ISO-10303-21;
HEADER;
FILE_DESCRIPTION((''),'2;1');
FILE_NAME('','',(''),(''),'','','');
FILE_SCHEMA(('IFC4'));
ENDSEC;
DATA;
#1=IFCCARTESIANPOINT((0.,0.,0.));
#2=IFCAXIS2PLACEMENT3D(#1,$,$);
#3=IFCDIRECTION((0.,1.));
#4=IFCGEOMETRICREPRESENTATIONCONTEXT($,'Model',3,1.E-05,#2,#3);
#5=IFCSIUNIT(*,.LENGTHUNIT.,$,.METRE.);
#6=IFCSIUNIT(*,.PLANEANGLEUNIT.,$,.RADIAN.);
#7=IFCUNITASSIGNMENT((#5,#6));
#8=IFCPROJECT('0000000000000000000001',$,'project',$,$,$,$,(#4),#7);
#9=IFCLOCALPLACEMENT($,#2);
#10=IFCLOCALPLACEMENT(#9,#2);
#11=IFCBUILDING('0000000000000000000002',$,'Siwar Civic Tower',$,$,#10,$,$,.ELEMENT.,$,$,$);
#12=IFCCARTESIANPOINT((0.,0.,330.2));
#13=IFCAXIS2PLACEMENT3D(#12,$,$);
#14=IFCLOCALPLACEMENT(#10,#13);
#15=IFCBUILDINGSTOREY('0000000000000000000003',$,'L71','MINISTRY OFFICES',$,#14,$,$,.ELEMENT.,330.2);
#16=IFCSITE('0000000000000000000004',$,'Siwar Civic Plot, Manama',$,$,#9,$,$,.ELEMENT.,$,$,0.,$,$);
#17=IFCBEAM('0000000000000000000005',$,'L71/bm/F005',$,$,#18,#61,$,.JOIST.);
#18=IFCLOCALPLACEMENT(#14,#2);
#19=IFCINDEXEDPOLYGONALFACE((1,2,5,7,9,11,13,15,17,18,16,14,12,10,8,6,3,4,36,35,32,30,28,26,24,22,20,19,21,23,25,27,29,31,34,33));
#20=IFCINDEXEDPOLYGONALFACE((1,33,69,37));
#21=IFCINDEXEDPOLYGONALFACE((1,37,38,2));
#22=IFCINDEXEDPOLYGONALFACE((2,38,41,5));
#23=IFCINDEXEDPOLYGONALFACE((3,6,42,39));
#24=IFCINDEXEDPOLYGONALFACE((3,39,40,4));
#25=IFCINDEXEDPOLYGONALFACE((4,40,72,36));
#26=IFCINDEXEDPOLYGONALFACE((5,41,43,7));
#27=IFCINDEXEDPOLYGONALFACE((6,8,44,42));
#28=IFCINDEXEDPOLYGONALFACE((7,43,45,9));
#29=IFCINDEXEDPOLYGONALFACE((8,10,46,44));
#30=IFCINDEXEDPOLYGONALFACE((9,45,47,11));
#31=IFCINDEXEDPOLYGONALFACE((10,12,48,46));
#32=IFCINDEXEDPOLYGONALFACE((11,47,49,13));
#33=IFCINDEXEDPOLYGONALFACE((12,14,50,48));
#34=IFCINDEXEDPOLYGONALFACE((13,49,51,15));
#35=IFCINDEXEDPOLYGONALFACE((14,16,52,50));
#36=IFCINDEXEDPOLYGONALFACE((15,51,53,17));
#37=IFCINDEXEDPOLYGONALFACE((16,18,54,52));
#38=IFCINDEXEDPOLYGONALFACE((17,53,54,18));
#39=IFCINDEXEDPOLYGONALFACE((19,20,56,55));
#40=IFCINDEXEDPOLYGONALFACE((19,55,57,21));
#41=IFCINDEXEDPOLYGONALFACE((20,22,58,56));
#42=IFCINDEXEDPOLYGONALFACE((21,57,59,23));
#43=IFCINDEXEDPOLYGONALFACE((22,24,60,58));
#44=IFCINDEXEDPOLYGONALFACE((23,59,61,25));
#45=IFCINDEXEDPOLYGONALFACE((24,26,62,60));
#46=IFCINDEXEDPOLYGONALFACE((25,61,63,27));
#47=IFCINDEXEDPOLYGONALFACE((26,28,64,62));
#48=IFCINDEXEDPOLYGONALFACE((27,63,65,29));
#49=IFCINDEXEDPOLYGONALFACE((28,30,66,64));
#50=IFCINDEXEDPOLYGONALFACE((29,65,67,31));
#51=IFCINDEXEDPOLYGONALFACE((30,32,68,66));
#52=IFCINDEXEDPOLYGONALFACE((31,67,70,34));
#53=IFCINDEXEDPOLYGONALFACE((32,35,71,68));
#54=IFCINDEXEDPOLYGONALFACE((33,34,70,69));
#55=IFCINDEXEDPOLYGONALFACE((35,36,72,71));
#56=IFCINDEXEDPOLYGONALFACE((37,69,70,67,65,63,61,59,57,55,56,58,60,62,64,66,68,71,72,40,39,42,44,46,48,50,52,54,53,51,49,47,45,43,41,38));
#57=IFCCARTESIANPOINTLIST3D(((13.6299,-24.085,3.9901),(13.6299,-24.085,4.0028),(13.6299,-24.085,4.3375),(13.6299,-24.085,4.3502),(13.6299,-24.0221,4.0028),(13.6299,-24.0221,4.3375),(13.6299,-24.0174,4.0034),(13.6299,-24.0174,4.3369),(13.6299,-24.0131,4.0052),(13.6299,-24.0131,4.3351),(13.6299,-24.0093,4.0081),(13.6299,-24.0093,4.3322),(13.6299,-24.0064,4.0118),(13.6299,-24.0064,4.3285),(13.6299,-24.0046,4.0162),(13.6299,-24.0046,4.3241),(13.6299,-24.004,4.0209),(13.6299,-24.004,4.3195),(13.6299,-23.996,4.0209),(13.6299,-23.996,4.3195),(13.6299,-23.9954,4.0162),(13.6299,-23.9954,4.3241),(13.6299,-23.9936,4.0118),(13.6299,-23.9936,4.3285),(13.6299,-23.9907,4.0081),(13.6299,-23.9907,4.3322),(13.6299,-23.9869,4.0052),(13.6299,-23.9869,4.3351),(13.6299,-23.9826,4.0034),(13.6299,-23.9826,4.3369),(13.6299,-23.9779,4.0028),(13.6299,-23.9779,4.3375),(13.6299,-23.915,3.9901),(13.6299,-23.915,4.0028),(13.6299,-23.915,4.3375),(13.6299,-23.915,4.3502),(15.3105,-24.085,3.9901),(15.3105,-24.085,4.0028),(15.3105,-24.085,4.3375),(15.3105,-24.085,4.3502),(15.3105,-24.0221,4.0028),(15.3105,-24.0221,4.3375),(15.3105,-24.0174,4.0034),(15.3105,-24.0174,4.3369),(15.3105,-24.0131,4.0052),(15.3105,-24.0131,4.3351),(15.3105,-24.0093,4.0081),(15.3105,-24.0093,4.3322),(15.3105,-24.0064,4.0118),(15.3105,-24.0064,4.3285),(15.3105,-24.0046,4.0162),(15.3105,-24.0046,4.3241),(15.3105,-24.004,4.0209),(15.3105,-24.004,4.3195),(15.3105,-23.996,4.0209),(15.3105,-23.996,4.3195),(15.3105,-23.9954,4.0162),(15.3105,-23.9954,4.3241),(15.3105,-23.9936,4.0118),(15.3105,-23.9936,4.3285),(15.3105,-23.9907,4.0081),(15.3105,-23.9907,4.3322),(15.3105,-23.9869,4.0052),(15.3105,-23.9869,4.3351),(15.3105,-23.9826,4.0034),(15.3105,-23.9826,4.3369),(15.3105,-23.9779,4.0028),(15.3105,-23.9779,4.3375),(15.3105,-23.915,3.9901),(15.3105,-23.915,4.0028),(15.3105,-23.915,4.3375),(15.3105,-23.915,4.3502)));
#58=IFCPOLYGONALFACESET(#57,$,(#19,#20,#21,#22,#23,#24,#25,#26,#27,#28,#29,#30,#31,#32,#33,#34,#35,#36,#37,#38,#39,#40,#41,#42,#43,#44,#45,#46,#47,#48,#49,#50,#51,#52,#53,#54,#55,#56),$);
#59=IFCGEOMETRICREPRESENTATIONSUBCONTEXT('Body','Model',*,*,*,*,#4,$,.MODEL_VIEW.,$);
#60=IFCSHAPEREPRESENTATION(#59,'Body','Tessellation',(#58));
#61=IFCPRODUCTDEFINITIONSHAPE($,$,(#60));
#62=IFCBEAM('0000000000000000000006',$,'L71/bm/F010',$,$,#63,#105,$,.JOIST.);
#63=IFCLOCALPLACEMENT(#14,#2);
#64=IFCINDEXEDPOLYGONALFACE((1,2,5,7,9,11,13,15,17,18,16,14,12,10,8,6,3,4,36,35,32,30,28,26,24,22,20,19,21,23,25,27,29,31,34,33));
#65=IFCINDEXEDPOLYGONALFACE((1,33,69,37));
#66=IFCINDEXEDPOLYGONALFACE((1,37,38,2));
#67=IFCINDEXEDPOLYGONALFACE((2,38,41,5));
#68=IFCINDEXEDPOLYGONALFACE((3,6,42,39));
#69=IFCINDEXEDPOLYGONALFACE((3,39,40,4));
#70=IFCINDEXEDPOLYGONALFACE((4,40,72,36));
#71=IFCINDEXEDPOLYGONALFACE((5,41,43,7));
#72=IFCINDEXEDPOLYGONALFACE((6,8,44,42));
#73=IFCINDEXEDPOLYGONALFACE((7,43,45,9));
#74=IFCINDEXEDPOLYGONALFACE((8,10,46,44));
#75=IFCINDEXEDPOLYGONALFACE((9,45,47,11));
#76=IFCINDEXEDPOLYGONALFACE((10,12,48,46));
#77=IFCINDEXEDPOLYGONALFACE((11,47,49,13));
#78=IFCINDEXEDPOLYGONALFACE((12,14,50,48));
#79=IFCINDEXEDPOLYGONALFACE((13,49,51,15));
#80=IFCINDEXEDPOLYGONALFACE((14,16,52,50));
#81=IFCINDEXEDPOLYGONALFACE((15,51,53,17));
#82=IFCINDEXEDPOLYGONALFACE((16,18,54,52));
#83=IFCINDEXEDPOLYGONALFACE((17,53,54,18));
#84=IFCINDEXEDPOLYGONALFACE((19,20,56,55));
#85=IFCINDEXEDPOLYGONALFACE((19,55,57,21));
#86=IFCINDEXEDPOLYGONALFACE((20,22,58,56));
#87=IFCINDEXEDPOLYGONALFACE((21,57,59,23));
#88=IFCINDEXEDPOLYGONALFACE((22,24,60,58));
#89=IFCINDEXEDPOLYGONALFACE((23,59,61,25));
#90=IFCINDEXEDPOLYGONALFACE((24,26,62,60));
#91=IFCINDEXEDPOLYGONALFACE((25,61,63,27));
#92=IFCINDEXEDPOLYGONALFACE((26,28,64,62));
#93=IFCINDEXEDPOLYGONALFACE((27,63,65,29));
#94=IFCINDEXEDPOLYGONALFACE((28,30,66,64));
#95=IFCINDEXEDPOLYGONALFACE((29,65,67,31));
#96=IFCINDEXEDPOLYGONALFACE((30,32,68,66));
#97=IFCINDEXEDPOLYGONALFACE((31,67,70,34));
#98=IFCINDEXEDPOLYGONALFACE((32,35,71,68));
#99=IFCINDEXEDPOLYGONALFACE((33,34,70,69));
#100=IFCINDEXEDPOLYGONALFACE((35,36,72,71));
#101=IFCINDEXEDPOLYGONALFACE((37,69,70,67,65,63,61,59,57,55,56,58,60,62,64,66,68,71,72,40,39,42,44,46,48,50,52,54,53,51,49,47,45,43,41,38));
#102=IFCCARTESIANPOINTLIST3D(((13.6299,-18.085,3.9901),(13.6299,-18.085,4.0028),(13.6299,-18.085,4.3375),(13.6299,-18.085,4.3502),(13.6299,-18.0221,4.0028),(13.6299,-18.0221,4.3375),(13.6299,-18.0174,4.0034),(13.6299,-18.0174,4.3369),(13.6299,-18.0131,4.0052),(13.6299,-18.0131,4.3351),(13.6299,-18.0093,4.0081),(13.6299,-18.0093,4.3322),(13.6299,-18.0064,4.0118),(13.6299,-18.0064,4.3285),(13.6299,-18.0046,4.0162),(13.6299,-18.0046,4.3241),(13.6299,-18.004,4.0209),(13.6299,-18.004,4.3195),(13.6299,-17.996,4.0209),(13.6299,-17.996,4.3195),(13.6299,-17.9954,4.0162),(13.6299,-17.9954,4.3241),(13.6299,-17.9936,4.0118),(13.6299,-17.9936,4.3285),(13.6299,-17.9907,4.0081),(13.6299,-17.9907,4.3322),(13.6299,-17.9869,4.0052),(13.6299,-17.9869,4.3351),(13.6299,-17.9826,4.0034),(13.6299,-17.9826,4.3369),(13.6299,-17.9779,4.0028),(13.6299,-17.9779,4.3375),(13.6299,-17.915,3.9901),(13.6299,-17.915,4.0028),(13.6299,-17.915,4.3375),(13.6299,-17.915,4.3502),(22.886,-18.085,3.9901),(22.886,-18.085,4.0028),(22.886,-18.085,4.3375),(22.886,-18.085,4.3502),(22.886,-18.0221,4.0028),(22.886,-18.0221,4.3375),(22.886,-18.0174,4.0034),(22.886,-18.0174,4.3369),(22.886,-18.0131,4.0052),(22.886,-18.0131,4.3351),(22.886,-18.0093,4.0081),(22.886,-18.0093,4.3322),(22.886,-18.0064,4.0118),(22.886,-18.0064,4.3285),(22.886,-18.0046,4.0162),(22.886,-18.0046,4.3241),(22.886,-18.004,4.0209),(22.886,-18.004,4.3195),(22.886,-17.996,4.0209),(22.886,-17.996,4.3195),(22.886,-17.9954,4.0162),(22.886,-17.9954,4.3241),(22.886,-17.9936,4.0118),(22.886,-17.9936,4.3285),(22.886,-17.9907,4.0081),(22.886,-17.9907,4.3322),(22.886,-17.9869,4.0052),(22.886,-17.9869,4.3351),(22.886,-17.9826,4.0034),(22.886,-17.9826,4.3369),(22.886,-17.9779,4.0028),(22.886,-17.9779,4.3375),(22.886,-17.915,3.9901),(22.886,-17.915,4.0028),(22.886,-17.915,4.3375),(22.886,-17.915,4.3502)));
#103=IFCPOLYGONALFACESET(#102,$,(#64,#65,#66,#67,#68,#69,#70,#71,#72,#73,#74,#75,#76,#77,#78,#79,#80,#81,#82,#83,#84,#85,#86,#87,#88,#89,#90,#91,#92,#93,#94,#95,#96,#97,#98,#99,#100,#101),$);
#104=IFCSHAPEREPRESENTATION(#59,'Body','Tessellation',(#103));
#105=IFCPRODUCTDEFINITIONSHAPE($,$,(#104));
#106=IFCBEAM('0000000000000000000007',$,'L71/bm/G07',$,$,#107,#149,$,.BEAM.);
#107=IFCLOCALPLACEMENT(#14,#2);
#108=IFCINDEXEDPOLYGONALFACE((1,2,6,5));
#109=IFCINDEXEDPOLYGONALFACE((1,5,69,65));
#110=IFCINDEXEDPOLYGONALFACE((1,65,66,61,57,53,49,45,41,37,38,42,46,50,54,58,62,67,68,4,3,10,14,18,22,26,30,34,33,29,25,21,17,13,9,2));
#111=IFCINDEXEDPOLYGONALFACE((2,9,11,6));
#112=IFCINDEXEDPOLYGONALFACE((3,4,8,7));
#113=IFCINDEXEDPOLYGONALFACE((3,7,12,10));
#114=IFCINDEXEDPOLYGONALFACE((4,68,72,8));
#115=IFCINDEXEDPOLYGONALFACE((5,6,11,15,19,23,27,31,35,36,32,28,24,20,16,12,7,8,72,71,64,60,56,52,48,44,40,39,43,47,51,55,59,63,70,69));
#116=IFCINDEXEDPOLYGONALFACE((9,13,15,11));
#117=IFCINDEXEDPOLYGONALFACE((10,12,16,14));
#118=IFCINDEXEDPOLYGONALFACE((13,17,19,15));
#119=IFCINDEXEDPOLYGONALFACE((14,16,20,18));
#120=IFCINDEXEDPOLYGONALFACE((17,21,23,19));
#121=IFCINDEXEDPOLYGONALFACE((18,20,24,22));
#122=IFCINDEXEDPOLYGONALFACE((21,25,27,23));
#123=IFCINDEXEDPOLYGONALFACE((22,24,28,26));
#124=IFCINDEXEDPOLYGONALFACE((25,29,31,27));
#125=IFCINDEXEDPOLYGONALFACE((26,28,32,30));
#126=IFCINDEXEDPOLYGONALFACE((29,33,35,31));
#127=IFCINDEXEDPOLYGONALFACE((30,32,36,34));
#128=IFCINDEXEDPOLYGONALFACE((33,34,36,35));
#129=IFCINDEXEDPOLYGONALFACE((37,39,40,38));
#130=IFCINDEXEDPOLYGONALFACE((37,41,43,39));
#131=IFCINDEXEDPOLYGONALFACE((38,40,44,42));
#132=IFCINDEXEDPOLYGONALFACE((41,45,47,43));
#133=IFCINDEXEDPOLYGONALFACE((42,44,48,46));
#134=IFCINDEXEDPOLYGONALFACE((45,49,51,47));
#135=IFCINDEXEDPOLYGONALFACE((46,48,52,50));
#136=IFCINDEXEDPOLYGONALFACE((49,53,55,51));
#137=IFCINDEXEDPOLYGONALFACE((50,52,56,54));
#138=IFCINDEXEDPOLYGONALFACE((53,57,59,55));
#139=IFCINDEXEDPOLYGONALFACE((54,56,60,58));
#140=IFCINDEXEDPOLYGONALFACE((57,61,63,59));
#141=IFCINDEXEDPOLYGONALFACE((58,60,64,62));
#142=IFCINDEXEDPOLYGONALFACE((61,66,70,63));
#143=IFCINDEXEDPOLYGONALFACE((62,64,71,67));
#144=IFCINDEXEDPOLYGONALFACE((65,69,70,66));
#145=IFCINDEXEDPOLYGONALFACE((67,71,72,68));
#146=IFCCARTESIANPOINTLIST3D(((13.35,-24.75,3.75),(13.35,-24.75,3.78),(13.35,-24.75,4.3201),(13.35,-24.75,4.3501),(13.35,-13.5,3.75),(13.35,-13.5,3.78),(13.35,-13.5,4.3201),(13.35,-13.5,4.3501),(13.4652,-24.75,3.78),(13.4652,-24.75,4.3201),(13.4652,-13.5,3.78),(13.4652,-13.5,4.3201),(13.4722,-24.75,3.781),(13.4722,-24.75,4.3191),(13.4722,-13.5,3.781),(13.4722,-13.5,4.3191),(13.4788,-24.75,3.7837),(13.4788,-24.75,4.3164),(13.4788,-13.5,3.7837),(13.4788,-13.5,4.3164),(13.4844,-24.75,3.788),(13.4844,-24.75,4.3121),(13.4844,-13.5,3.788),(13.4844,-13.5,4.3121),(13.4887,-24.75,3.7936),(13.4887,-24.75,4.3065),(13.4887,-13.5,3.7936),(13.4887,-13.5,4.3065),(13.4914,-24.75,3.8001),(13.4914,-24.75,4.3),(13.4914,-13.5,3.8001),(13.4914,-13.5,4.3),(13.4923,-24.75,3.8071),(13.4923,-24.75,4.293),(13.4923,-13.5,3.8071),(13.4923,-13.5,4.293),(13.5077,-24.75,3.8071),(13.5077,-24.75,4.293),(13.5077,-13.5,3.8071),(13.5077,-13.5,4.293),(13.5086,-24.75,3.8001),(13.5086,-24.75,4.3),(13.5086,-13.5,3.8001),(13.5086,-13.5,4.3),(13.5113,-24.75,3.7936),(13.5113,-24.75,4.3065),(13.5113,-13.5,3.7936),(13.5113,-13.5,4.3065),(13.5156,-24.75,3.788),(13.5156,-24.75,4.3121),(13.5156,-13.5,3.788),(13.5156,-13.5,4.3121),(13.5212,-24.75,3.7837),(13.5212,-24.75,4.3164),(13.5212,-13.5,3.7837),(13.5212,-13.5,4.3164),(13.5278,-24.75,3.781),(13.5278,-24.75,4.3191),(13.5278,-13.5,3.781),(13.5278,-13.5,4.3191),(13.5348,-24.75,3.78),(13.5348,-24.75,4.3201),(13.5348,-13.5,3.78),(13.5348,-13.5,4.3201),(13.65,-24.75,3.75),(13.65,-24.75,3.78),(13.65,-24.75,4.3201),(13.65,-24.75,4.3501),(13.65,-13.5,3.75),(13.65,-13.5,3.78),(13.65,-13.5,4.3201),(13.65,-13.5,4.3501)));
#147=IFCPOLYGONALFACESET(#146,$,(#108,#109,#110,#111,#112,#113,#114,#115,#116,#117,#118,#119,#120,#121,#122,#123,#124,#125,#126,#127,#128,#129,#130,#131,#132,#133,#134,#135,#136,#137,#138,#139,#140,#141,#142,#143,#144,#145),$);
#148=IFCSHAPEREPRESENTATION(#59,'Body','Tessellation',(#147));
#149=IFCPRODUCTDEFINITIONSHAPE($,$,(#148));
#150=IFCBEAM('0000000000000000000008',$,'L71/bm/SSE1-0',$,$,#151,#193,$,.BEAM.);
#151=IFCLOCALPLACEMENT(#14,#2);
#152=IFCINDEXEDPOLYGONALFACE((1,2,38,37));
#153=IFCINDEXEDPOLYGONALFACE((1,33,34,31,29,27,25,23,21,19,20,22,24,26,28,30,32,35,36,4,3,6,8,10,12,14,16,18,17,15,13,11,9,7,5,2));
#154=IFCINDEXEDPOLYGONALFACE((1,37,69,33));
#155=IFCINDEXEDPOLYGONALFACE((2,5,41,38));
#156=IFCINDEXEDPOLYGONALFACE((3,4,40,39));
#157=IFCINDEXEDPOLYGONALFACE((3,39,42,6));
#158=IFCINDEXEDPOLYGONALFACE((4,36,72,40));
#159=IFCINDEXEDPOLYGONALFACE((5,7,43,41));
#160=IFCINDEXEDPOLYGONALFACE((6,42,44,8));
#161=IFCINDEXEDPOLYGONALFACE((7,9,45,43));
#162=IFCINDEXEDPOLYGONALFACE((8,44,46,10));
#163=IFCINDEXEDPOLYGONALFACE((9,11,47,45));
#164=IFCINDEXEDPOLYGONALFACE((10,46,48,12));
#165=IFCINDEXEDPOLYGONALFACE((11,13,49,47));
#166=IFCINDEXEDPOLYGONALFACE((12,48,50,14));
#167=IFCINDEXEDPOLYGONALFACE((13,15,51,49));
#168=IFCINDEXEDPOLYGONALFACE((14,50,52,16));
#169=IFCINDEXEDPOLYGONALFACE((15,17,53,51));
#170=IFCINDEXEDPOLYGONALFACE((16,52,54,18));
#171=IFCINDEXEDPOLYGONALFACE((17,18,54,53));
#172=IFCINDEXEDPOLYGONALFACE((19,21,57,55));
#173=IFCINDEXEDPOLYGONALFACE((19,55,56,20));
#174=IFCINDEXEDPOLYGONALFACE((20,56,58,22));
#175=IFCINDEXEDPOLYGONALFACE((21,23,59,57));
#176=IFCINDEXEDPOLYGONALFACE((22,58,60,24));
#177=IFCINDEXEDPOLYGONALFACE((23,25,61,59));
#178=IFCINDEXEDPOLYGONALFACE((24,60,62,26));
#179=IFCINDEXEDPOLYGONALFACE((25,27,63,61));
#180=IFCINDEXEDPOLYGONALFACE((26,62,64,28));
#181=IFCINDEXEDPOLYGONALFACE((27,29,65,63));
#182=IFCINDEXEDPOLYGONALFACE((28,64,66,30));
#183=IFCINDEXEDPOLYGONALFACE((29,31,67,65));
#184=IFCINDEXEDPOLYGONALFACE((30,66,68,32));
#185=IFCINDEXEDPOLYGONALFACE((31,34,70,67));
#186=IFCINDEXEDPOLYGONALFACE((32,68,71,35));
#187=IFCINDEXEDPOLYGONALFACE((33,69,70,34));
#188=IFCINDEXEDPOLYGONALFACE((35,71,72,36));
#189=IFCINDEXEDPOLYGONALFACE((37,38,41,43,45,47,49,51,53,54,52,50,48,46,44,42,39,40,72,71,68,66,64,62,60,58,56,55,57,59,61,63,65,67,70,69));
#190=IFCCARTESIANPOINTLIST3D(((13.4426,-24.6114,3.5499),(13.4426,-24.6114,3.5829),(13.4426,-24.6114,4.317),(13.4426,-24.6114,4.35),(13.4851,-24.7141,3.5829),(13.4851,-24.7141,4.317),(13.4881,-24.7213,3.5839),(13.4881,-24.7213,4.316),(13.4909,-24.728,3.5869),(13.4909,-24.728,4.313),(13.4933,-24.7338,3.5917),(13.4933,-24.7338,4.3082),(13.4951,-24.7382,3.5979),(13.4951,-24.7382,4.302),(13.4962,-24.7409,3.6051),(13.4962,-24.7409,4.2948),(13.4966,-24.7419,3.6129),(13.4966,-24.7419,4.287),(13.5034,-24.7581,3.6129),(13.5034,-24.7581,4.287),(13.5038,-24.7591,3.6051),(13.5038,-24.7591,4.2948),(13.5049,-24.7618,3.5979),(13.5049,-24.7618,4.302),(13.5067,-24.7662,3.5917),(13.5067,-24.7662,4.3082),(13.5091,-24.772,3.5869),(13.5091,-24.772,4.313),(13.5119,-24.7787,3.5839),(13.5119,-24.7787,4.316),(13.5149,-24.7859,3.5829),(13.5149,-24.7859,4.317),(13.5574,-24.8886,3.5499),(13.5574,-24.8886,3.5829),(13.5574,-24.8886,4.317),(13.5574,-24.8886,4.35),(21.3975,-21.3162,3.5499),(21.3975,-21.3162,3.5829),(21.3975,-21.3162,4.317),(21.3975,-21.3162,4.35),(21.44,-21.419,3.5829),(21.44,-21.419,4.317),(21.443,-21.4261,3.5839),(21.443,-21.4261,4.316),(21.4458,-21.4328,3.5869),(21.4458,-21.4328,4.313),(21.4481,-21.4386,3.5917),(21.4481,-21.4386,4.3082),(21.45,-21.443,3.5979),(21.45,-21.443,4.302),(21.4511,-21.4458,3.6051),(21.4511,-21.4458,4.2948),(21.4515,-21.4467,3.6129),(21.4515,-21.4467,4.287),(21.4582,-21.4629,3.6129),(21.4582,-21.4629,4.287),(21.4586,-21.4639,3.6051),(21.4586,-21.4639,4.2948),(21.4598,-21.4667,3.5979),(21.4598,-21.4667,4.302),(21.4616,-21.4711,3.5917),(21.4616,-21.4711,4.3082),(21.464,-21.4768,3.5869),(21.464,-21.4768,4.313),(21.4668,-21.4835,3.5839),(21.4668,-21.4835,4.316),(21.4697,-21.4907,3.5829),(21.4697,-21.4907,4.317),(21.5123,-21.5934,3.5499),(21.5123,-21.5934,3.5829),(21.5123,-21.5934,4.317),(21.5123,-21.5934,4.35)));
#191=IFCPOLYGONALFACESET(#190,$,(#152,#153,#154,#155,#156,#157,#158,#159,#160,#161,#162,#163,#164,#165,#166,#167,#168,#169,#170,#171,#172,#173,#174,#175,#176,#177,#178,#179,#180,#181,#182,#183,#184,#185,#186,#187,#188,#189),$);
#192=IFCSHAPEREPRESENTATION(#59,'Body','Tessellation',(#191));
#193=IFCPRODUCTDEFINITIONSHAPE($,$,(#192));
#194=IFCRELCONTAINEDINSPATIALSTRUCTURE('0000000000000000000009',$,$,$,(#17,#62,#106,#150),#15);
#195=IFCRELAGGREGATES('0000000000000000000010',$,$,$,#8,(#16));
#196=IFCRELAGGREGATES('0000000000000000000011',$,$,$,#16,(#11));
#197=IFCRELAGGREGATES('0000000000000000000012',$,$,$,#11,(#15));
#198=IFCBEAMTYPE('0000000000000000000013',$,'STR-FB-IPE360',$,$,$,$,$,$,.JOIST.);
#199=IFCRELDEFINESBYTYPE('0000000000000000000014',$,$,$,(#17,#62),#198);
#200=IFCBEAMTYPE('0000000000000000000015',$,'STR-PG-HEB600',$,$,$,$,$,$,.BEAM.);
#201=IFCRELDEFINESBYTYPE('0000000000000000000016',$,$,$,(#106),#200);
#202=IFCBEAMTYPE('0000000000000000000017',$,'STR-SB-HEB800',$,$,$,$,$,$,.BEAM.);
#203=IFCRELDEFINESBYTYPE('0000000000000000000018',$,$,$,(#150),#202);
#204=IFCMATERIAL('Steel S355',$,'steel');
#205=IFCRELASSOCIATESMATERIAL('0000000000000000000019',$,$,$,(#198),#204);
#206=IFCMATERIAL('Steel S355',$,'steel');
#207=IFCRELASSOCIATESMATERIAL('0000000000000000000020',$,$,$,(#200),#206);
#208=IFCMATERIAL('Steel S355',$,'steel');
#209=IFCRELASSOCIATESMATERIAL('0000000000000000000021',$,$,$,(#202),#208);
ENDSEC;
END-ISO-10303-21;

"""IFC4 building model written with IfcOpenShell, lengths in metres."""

from ifc_helpers import new_model, si_unit, direction, frame, origin, origin_2d, place, context, subcontext, project, spatial, i_section, extrude, material, material_profile, profile_set, type_object, element, save


model = new_model("IFC4")

# Units and contexts
model_context = context("Model", 3, precision=1e-05, world=origin(), true_north=direction((0.0, 1.0)))
body_context = subcontext(model_context, "Body", "Model", "MODEL_VIEW")
ifc_project = project(units=[si_unit("LENGTHUNIT", "METRE"), si_unit("PLANEANGLEUNIT", "RADIAN")], contexts=[model_context])

# Site, building, storey
site_placement = place(None, origin())
site = spatial("IfcSite", under=ifc_project, at=site_placement, Name="Siwar Civic Plot, Manama", CompositionType="ELEMENT", RefElevation=0.0)
building_placement = place(site_placement, origin())
building = spatial("IfcBuilding", under=site, at=building_placement, Name="Siwar Civic Tower", CompositionType="ELEMENT")
storey_placement = place(building_placement, frame((0.0, 0.0, 330.2)))
storey = spatial("IfcBuildingStorey", under=building, at=storey_placement, Name="L71", Description="MINISTRY OFFICES", CompositionType="ELEMENT", Elevation=330.2)

# Beams
ifc_material_1 = material(Name="Steel S355", Category="steel")
ifc_material_profile_1 = material_profile(ifc_material_1, i_section(OverallWidth=0.1699, OverallDepth=0.3601, WebThickness=0.0081, FlangeThickness=0.0127, FilletRadius=0.0181, at=origin_2d()), Name="IPE360")
ifc_profile_set_1 = profile_set([ifc_material_profile_1], Name="Steel S355")
beam_type_1 = type_object("IfcBeamType", Name="STR-FB-IPE360", PredefinedType="JOIST", material=ifc_profile_set_1)
beam_1_placement = place(storey_placement, frame((13.6299, -24.0, 4.1702), z_axis=(1.0, 0.0, 0.0), x_axis=(0.0, 1.0, 0.0)))
element("IfcBeam", 1, at=beam_1_placement, inside=storey, type_object=beam_type_1, Name="L71/bm/F005", PredefinedType="JOIST", context=body_context, shape_type="SweptSolid", body=[
    extrude(i_section(OverallWidth=0.1699, OverallDepth=0.3601, WebThickness=0.0081, FlangeThickness=0.0127, FilletRadius=0.0181, at=origin_2d()), origin(), (0.0, 0.0, 1.0), 1.6807),
])
beam_2_placement = place(storey_placement, frame((13.6299, -18.0, 4.1702), z_axis=(1.0, 0.0, 0.0), x_axis=(0.0, 1.0, 0.0)))
element("IfcBeam", 2, at=beam_2_placement, inside=storey, type_object=beam_type_1, Name="L71/bm/F010", PredefinedType="JOIST", context=body_context, shape_type="SweptSolid", body=[
    extrude(i_section(OverallWidth=0.1699, OverallDepth=0.3601, WebThickness=0.0081, FlangeThickness=0.0127, FilletRadius=0.0181, at=origin_2d()), origin(), (0.0, 0.0, 1.0), 9.2561),
])
ifc_material_2 = material(Name="Steel S355", Category="steel")
ifc_material_profile_2 = material_profile(ifc_material_2, i_section(OverallWidth=0.3, OverallDepth=0.6001, WebThickness=0.0154, FlangeThickness=0.03, FilletRadius=0.0271, at=origin_2d()), Name="HEB600")
ifc_profile_set_2 = profile_set([ifc_material_profile_2], Name="Steel S355")
beam_type_2 = type_object("IfcBeamType", Name="STR-PG-HEB600", PredefinedType="BEAM", material=ifc_profile_set_2)
beam_3_placement = place(storey_placement, frame((13.5, -24.75, 4.05), z_axis=(0.0, 1.0, 0.0), x_axis=(-1.0, 0.0, 0.0)))
element("IfcBeam", 3, at=beam_3_placement, inside=storey, type_object=beam_type_2, Name="L71/bm/G07", PredefinedType="BEAM", context=body_context, shape_type="SweptSolid", body=[
    extrude(i_section(OverallWidth=0.3, OverallDepth=0.6001, WebThickness=0.0154, FlangeThickness=0.03, FilletRadius=0.0271, at=origin_2d()), origin(), (0.0, 0.0, 1.0), 11.25),
])
ifc_material_3 = material(Name="Steel S355", Category="steel")
ifc_material_profile_3 = material_profile(ifc_material_3, i_section(OverallWidth=0.3, OverallDepth=0.8, WebThickness=0.0176, FlangeThickness=0.033, FilletRadius=0.03, at=origin_2d()), Name="HEB800")
ifc_profile_set_3 = profile_set([ifc_material_profile_3], Name="Steel S355")
beam_type_3 = type_object("IfcBeamType", Name="STR-SB-HEB800", PredefinedType="BEAM", material=ifc_profile_set_3)
for number, where, z_axis, x_axis, name in (
    (4, (13.5, -24.75, 3.95), (0.923873, 0.3827, 0.0), (-0.3827, 0.923873, 0.0), "L71/bm/SSE1-0"),
):
    element("IfcBeam", number, at=place(storey_placement, frame(where, z_axis=z_axis, x_axis=x_axis)), inside=storey, type_object=beam_type_3, Name=name, PredefinedType="BEAM", context=body_context, shape_type="SweptSolid", body=[
        extrude(i_section(OverallWidth=0.3, OverallDepth=0.8, WebThickness=0.0176, FlangeThickness=0.033, FilletRadius=0.03, at=origin_2d()), origin(), (0.0, 0.0, 1.0), 8.6104),
    ])

save(model, "model.ifc")
